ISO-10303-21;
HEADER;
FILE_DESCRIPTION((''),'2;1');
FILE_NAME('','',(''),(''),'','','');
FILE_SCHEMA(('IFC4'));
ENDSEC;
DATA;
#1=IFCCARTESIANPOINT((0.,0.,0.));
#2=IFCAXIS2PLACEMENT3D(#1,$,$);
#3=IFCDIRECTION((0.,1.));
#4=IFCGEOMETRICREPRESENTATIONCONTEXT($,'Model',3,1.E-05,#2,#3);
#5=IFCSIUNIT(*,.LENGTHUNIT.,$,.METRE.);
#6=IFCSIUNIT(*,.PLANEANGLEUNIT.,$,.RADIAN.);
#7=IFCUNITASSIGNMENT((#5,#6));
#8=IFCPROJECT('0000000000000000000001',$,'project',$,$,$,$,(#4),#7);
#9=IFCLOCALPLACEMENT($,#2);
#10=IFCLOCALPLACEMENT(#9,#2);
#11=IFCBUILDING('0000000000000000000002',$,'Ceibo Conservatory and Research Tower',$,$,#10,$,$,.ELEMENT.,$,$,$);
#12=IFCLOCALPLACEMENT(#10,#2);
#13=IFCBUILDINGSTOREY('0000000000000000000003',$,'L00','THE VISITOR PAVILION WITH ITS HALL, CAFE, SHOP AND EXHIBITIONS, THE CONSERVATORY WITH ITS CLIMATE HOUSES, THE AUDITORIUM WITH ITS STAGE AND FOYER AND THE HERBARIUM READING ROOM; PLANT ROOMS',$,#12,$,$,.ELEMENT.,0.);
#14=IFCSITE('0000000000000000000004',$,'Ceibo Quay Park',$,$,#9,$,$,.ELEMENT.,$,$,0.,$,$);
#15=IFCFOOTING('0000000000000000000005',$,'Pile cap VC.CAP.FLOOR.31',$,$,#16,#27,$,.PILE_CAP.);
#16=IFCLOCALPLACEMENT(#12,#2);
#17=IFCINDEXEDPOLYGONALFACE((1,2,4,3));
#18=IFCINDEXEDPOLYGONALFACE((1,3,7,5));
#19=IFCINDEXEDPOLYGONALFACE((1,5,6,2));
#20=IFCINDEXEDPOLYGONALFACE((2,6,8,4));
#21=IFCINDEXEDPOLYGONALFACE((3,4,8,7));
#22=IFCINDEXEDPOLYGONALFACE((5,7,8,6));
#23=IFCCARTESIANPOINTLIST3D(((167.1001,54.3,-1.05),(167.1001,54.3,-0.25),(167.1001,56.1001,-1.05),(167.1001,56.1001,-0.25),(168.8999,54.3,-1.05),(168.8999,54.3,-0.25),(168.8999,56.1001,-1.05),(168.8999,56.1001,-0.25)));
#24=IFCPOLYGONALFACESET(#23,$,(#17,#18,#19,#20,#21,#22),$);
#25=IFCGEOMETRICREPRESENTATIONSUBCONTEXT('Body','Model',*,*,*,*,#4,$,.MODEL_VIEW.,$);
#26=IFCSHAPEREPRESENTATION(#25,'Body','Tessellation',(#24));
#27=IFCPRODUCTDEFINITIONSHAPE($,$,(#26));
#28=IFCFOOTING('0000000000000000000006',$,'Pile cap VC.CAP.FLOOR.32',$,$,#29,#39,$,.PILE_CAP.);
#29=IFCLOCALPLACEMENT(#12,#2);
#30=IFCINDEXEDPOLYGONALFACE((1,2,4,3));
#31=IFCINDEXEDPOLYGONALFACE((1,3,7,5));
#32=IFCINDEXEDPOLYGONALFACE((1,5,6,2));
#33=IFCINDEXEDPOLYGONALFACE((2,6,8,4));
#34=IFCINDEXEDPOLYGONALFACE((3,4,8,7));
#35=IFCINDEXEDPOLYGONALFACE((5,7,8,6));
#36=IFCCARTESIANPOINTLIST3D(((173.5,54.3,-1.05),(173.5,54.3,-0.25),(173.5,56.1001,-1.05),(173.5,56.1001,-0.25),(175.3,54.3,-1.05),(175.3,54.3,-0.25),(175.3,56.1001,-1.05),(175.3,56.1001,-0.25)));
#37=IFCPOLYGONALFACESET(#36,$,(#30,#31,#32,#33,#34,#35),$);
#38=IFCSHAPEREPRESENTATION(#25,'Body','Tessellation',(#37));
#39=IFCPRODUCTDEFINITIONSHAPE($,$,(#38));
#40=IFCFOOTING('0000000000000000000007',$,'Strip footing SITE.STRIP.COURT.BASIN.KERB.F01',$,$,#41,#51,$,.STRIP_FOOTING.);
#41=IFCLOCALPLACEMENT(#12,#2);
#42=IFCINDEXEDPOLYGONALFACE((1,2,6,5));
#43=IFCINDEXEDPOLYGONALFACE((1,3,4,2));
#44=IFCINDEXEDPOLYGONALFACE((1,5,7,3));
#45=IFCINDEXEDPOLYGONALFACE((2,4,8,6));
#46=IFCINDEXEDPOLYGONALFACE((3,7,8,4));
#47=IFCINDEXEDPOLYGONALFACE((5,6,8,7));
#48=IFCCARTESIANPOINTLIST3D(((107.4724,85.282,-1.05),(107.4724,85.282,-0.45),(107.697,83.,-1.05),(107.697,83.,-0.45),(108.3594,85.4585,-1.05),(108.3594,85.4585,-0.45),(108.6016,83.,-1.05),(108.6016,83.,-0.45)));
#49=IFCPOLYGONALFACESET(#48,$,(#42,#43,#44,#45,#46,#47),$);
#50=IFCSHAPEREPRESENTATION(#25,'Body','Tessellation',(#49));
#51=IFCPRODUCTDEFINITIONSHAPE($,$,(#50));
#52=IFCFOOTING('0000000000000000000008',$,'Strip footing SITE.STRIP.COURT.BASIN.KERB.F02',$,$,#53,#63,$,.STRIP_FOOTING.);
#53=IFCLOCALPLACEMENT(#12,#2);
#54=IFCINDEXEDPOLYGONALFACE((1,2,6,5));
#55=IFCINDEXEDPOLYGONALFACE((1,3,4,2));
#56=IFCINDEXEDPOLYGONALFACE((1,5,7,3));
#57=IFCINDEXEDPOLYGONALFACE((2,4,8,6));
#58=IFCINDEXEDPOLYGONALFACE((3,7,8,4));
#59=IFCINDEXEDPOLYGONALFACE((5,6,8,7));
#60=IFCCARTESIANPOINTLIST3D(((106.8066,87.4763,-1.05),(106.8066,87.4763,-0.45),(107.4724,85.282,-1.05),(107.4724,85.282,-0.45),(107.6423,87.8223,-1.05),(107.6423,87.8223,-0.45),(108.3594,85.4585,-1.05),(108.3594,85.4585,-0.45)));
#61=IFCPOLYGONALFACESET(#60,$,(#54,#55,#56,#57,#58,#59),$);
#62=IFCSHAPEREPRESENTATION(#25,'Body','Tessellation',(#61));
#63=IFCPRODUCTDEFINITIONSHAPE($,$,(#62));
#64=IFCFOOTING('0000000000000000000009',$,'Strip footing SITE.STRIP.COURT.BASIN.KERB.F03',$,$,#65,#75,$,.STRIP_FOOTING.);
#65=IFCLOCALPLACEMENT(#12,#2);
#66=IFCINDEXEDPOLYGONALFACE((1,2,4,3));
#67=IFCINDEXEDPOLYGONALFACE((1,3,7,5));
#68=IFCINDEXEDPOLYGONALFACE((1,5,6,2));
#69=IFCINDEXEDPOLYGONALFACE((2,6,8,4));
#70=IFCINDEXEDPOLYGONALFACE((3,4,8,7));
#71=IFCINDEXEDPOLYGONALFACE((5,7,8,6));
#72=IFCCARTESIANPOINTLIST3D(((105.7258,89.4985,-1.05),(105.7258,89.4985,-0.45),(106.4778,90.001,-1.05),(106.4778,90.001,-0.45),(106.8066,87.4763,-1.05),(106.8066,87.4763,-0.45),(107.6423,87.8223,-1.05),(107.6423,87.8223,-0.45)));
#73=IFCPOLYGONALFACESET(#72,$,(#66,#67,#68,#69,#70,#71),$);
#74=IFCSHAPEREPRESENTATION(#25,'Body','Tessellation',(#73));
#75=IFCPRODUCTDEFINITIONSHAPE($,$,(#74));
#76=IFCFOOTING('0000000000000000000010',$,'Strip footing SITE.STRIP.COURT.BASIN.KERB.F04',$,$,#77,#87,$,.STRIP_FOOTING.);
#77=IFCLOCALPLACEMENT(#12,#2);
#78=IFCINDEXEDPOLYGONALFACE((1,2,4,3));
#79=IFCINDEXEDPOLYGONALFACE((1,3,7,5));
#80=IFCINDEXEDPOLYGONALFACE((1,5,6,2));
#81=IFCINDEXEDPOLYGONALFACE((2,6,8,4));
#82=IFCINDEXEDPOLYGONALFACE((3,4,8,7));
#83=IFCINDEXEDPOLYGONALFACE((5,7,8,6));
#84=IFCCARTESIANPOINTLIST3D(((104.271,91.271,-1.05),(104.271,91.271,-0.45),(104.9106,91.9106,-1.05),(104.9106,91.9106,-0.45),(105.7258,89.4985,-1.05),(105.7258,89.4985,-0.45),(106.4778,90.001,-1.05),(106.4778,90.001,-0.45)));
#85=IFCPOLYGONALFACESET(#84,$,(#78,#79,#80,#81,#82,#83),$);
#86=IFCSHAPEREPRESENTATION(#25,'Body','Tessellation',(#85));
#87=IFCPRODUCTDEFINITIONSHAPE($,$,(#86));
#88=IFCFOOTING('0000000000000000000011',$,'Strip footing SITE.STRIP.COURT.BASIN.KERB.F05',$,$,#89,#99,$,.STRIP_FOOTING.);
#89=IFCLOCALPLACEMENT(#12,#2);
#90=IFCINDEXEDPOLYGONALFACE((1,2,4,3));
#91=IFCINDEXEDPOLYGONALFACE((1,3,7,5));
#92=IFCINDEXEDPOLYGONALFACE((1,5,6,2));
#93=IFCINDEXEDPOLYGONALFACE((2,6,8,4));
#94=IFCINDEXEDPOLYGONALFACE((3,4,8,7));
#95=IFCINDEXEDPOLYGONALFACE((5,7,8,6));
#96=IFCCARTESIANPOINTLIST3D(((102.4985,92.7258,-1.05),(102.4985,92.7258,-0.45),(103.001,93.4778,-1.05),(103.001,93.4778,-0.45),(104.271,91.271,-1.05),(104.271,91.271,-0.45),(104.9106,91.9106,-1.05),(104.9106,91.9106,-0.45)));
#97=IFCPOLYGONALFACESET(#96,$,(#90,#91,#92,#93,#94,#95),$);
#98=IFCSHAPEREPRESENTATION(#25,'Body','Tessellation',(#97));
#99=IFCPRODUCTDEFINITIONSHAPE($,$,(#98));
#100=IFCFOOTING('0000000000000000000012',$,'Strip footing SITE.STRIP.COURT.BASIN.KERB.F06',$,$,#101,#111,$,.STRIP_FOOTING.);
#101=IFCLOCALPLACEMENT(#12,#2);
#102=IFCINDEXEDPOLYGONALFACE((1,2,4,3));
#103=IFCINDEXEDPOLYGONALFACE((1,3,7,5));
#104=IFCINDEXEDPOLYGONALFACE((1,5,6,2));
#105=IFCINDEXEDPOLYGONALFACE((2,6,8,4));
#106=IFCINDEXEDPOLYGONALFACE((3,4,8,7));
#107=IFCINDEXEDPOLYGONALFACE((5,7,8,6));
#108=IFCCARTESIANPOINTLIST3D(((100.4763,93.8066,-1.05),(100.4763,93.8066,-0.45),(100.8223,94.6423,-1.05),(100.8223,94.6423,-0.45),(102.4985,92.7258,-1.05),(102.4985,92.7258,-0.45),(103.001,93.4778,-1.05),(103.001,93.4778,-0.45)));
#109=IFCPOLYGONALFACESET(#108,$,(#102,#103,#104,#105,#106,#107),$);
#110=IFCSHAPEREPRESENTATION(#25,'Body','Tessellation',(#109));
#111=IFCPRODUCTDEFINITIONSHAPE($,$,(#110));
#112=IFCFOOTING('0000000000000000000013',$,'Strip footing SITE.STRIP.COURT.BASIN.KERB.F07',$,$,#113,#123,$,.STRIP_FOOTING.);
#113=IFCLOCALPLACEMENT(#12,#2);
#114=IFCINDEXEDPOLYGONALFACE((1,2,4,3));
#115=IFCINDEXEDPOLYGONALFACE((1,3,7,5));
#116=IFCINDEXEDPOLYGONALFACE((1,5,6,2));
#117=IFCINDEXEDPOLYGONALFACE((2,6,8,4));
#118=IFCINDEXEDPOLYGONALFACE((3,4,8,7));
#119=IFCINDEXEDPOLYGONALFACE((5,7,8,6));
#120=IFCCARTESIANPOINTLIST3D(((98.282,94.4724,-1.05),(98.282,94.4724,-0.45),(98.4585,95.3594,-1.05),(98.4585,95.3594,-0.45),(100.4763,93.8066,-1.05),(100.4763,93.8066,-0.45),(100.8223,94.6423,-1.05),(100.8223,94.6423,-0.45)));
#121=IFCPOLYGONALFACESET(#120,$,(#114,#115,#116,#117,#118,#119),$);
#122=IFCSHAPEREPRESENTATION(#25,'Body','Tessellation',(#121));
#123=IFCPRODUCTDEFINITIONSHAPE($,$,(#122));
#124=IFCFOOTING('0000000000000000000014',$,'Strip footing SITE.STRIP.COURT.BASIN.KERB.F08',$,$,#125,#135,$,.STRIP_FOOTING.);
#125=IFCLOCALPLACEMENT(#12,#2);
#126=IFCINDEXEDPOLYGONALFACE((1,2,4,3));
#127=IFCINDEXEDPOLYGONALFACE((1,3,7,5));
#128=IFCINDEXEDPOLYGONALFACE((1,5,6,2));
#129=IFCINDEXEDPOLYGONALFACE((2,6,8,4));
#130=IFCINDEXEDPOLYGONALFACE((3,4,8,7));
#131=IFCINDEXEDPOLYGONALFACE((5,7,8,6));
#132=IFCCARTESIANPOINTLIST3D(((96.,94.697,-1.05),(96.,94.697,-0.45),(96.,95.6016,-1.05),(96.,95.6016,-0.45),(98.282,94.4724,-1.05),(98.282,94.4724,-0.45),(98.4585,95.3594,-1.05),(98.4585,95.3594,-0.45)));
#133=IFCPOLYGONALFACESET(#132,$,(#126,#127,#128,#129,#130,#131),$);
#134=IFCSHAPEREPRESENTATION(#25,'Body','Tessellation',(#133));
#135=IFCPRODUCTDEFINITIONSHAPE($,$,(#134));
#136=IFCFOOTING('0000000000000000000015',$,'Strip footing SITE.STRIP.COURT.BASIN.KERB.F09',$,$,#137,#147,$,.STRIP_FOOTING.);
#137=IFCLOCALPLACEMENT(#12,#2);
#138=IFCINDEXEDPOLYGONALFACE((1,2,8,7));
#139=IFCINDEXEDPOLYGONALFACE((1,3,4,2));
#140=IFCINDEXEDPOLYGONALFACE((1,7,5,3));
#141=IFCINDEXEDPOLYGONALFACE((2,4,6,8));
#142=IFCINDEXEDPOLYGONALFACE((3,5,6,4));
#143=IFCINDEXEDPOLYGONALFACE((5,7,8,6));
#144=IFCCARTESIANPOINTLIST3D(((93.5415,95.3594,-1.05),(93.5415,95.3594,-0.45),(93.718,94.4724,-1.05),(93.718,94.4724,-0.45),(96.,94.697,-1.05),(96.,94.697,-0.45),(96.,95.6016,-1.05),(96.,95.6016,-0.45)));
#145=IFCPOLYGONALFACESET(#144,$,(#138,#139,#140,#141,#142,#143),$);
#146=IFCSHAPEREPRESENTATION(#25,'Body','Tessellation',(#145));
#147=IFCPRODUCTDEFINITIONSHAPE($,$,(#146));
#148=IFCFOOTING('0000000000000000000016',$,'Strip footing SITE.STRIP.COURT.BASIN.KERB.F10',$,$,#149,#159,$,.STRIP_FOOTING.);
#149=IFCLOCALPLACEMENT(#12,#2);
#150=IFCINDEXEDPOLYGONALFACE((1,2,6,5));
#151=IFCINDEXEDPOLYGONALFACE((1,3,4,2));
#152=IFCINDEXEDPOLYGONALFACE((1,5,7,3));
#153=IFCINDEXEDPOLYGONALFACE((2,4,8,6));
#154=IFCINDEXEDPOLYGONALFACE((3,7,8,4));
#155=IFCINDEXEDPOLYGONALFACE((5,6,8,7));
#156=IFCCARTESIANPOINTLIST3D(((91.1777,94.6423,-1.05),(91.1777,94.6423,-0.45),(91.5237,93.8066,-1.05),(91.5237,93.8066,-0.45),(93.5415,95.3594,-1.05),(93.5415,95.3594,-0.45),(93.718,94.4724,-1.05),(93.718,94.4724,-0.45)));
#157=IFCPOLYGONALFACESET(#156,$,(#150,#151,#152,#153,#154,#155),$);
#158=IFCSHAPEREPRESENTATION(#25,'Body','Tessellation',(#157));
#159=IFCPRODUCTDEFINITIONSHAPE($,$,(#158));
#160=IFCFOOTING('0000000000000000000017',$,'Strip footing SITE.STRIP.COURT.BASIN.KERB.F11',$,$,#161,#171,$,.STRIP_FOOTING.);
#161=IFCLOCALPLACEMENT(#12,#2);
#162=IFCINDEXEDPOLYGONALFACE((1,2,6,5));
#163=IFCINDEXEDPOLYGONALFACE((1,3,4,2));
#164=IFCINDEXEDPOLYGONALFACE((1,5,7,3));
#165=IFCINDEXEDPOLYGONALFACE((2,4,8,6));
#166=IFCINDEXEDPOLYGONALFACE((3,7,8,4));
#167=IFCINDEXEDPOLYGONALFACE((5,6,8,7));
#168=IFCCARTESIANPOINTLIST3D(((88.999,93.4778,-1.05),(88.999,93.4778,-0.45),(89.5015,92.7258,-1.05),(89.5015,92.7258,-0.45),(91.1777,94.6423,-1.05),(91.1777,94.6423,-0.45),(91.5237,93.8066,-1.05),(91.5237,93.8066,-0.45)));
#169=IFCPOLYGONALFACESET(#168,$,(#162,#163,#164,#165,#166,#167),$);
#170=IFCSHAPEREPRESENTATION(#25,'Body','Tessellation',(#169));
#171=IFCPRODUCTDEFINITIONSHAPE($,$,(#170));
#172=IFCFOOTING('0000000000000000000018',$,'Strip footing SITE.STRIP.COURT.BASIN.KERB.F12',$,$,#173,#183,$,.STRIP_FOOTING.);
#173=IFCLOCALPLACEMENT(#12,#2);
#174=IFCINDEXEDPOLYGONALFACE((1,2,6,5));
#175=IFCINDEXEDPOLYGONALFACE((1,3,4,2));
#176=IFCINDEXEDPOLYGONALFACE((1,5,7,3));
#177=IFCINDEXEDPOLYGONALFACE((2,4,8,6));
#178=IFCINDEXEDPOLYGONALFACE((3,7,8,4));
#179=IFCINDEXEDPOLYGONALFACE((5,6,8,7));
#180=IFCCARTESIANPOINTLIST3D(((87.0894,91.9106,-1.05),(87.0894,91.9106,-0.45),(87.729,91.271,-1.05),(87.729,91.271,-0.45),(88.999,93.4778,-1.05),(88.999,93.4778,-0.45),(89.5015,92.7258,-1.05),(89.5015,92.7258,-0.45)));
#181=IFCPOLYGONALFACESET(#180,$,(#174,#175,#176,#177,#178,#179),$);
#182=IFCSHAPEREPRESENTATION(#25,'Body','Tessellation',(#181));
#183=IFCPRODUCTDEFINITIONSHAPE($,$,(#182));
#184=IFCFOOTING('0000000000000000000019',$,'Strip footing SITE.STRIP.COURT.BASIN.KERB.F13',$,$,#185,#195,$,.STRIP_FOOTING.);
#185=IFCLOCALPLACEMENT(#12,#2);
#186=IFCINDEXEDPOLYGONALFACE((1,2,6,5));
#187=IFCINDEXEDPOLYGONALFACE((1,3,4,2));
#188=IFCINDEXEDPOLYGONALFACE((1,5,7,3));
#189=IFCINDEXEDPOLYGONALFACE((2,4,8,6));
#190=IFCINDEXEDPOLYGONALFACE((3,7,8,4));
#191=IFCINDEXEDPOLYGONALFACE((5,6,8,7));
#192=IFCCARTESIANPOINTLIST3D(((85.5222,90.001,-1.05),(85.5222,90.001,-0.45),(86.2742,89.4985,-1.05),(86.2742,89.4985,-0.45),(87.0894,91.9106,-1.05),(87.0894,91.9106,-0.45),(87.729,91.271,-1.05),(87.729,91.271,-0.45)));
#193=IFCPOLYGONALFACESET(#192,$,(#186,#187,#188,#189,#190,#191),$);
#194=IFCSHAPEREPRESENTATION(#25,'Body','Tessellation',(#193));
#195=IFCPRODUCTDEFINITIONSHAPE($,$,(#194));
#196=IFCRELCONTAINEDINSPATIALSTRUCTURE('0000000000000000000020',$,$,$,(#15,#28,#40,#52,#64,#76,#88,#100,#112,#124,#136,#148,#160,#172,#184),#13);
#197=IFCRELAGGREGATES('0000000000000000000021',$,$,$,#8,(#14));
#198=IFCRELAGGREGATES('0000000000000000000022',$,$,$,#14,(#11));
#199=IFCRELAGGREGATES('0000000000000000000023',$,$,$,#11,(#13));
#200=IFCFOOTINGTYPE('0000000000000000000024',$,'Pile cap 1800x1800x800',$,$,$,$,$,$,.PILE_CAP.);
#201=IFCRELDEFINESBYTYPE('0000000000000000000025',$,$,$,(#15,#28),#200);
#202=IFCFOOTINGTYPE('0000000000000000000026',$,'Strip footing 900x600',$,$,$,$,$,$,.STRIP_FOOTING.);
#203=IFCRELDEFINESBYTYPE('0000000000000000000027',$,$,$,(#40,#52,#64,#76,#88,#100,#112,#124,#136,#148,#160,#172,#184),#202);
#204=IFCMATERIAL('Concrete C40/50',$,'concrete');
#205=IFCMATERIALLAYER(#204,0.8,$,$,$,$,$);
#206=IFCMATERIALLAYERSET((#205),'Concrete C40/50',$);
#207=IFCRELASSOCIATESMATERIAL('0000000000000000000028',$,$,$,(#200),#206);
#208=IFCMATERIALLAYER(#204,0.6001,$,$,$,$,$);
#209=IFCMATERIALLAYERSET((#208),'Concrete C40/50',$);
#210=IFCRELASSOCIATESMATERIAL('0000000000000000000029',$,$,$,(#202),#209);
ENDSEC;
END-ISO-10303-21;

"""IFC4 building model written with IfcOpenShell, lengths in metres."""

from ifc_helpers import new_model, si_unit, direction, frame, origin, place, context, subcontext, project, spatial, polyline, outline, extrude, material, layer, layer_set, type_object, element, save


model = new_model("IFC4")

# Units and contexts
model_context = context("Model", 3, precision=1e-05, world=origin(), true_north=direction((0.0, 1.0)))
body_context = subcontext(model_context, "Body", "Model", "MODEL_VIEW")
ifc_project = project(units=[si_unit("LENGTHUNIT", "METRE"), si_unit("PLANEANGLEUNIT", "RADIAN")], contexts=[model_context])

# Site, building, storey
site_placement = place(None, origin())
site = spatial("IfcSite", under=ifc_project, at=site_placement, Name="Ceibo Quay Park", CompositionType="ELEMENT", RefElevation=0.0)
building_placement = place(site_placement, origin())
building = spatial("IfcBuilding", under=site, at=building_placement, Name="Ceibo Conservatory and Research Tower", CompositionType="ELEMENT")
storey_placement = place(building_placement, origin())
storey = spatial("IfcBuildingStorey", under=building, at=storey_placement, Name="L00", Description="THE VISITOR PAVILION WITH ITS HALL, CAFE, SHOP AND EXHIBITIONS, THE CONSERVATORY WITH ITS CLIMATE HOUSES, THE AUDITORIUM WITH ITS STAGE AND FOYER AND THE HERBARIUM READING ROOM; PLANT ROOMS", CompositionType="ELEMENT", Elevation=0.0)

# Footings
ifc_material = material(Name="Concrete C40/50", Category="concrete")
ifc_layer_1 = layer(ifc_material, 0.8)
ifc_layer_set_1 = layer_set([ifc_layer_1], Name="Concrete C40/50")
footing_type_1 = type_object("IfcFootingType", Name="Pile cap 1800x1800x800", PredefinedType="PILE_CAP", material=ifc_layer_set_1)
footing_1_placement = place(storey_placement, frame((0.0, 0.0, -1.05)))
element("IfcFooting", 1, at=footing_1_placement, inside=storey, type_object=footing_type_1, Name="Pile cap VC.CAP.FLOOR.31", PredefinedType="PILE_CAP", context=body_context, shape_type="SweptSolid", body=[
    extrude(outline(polyline([(167.1001, 54.3), (168.8999, 54.3), (168.8999, 56.1001), (167.1001, 56.1001), (167.1001, 54.3)])), origin(), (0.0, 0.0, 1.0), 0.8),
])
footing_2_placement = place(storey_placement, frame((0.0, 0.0, -1.05)))
element("IfcFooting", 2, at=footing_2_placement, inside=storey, type_object=footing_type_1, Name="Pile cap VC.CAP.FLOOR.32", PredefinedType="PILE_CAP", context=body_context, shape_type="SweptSolid", body=[
    extrude(outline(polyline([(173.5, 54.3), (175.3, 54.3), (175.3, 56.1001), (173.5, 56.1001), (173.5, 54.3)])), origin(), (0.0, 0.0, 1.0), 0.8),
])
ifc_layer_2 = layer(ifc_material, 0.6001)
ifc_layer_set_2 = layer_set([ifc_layer_2], Name="Concrete C40/50")
footing_type_2 = type_object("IfcFootingType", Name="Strip footing 900x600", PredefinedType="STRIP_FOOTING", material=ifc_layer_set_2)
footing_3_placement = place(storey_placement, frame((0.0, 0.0, -1.05)))
element("IfcFooting", 3, at=footing_3_placement, inside=storey, type_object=footing_type_2, Name="Strip footing SITE.STRIP.COURT.BASIN.KERB.F01", PredefinedType="STRIP_FOOTING", context=body_context, shape_type="SweptSolid", body=[
    extrude(outline(polyline([(108.6016, 83.0), (108.3594, 85.4585), (107.4724, 85.282), (107.697, 83.0), (108.6016, 83.0)])), origin(), (0.0, 0.0, 1.0), 0.6001),
])
footing_4_placement = place(storey_placement, frame((0.0, 0.0, -1.05)))
element("IfcFooting", 4, at=footing_4_placement, inside=storey, type_object=footing_type_2, Name="Strip footing SITE.STRIP.COURT.BASIN.KERB.F02", PredefinedType="STRIP_FOOTING", context=body_context, shape_type="SweptSolid", body=[
    extrude(outline(polyline([(108.3594, 85.4585), (107.6423, 87.8223), (106.8066, 87.4763), (107.4724, 85.282), (108.3594, 85.4585)])), origin(), (0.0, 0.0, 1.0), 0.6001),
])
footing_5_placement = place(storey_placement, frame((0.0, 0.0, -1.05)))
element("IfcFooting", 5, at=footing_5_placement, inside=storey, type_object=footing_type_2, Name="Strip footing SITE.STRIP.COURT.BASIN.KERB.F03", PredefinedType="STRIP_FOOTING", context=body_context, shape_type="SweptSolid", body=[
    extrude(outline(polyline([(107.6423, 87.8223), (106.4778, 90.001), (105.7258, 89.4985), (106.8066, 87.4763), (107.6423, 87.8223)])), origin(), (0.0, 0.0, 1.0), 0.6001),
])
footing_6_placement = place(storey_placement, frame((0.0, 0.0, -1.05)))
element("IfcFooting", 6, at=footing_6_placement, inside=storey, type_object=footing_type_2, Name="Strip footing SITE.STRIP.COURT.BASIN.KERB.F04", PredefinedType="STRIP_FOOTING", context=body_context, shape_type="SweptSolid", body=[
    extrude(outline(polyline([(106.4778, 90.001), (104.9106, 91.9106), (104.271, 91.271), (105.7258, 89.4985), (106.4778, 90.001)])), origin(), (0.0, 0.0, 1.0), 0.6001),
])
footing_7_placement = place(storey_placement, frame((0.0, 0.0, -1.05)))
element("IfcFooting", 7, at=footing_7_placement, inside=storey, type_object=footing_type_2, Name="Strip footing SITE.STRIP.COURT.BASIN.KERB.F05", PredefinedType="STRIP_FOOTING", context=body_context, shape_type="SweptSolid", body=[
    extrude(outline(polyline([(104.9106, 91.9106), (103.001, 93.4778), (102.4985, 92.7258), (104.271, 91.271), (104.9106, 91.9106)])), origin(), (0.0, 0.0, 1.0), 0.6001),
])
footing_8_placement = place(storey_placement, frame((0.0, 0.0, -1.05)))
element("IfcFooting", 8, at=footing_8_placement, inside=storey, type_object=footing_type_2, Name="Strip footing SITE.STRIP.COURT.BASIN.KERB.F06", PredefinedType="STRIP_FOOTING", context=body_context, shape_type="SweptSolid", body=[
    extrude(outline(polyline([(103.001, 93.4778), (100.8223, 94.6423), (100.4763, 93.8066), (102.4985, 92.7258), (103.001, 93.4778)])), origin(), (0.0, 0.0, 1.0), 0.6001),
])
footing_9_placement = place(storey_placement, frame((0.0, 0.0, -1.05)))
element("IfcFooting", 9, at=footing_9_placement, inside=storey, type_object=footing_type_2, Name="Strip footing SITE.STRIP.COURT.BASIN.KERB.F07", PredefinedType="STRIP_FOOTING", context=body_context, shape_type="SweptSolid", body=[
    extrude(outline(polyline([(100.8223, 94.6423), (98.4585, 95.3594), (98.282, 94.4724), (100.4763, 93.8066), (100.8223, 94.6423)])), origin(), (0.0, 0.0, 1.0), 0.6001),
])
footing_10_placement = place(storey_placement, frame((0.0, 0.0, -1.05)))
element("IfcFooting", 10, at=footing_10_placement, inside=storey, type_object=footing_type_2, Name="Strip footing SITE.STRIP.COURT.BASIN.KERB.F08", PredefinedType="STRIP_FOOTING", context=body_context, shape_type="SweptSolid", body=[
    extrude(outline(polyline([(98.4585, 95.3594), (96.0, 95.6016), (96.0, 94.697), (98.282, 94.4724), (98.4585, 95.3594)])), origin(), (0.0, 0.0, 1.0), 0.6001),
])
footing_11_placement = place(storey_placement, frame((0.0, 0.0, -1.05)))
element("IfcFooting", 11, at=footing_11_placement, inside=storey, type_object=footing_type_2, Name="Strip footing SITE.STRIP.COURT.BASIN.KERB.F09", PredefinedType="STRIP_FOOTING", context=body_context, shape_type="SweptSolid", body=[
    extrude(outline(polyline([(96.0, 95.6016), (93.5415, 95.3594), (93.718, 94.4724), (96.0, 94.697), (96.0, 95.6016)])), origin(), (0.0, 0.0, 1.0), 0.6001),
])
footing_12_placement = place(storey_placement, frame((0.0, 0.0, -1.05)))
element("IfcFooting", 12, at=footing_12_placement, inside=storey, type_object=footing_type_2, Name="Strip footing SITE.STRIP.COURT.BASIN.KERB.F10", PredefinedType="STRIP_FOOTING", context=body_context, shape_type="SweptSolid", body=[
    extrude(outline(polyline([(93.5415, 95.3594), (91.1777, 94.6423), (91.5237, 93.8066), (93.718, 94.4724), (93.5415, 95.3594)])), origin(), (0.0, 0.0, 1.0), 0.6001),
])
footing_13_placement = place(storey_placement, frame((0.0, 0.0, -1.05)))
element("IfcFooting", 13, at=footing_13_placement, inside=storey, type_object=footing_type_2, Name="Strip footing SITE.STRIP.COURT.BASIN.KERB.F11", PredefinedType="STRIP_FOOTING", context=body_context, shape_type="SweptSolid", body=[
    extrude(outline(polyline([(91.1777, 94.6423), (88.999, 93.4778), (89.5015, 92.7258), (91.5237, 93.8066), (91.1777, 94.6423)])), origin(), (0.0, 0.0, 1.0), 0.6001),
])
footing_14_placement = place(storey_placement, frame((0.0, 0.0, -1.05)))
element("IfcFooting", 14, at=footing_14_placement, inside=storey, type_object=footing_type_2, Name="Strip footing SITE.STRIP.COURT.BASIN.KERB.F12", PredefinedType="STRIP_FOOTING", context=body_context, shape_type="SweptSolid", body=[
    extrude(outline(polyline([(88.999, 93.4778), (87.0894, 91.9106), (87.729, 91.271), (89.5015, 92.7258), (88.999, 93.4778)])), origin(), (0.0, 0.0, 1.0), 0.6001),
])
footing_15_placement = place(storey_placement, frame((0.0, 0.0, -1.05)))
element("IfcFooting", 15, at=footing_15_placement, inside=storey, type_object=footing_type_2, Name="Strip footing SITE.STRIP.COURT.BASIN.KERB.F13", PredefinedType="STRIP_FOOTING", context=body_context, shape_type="SweptSolid", body=[
    extrude(outline(polyline([(87.0894, 91.9106), (85.5222, 90.001), (86.2742, 89.4985), (87.729, 91.271), (87.0894, 91.9106)])), origin(), (0.0, 0.0, 1.0), 0.6001),
])

save(model, "model.ifc")
